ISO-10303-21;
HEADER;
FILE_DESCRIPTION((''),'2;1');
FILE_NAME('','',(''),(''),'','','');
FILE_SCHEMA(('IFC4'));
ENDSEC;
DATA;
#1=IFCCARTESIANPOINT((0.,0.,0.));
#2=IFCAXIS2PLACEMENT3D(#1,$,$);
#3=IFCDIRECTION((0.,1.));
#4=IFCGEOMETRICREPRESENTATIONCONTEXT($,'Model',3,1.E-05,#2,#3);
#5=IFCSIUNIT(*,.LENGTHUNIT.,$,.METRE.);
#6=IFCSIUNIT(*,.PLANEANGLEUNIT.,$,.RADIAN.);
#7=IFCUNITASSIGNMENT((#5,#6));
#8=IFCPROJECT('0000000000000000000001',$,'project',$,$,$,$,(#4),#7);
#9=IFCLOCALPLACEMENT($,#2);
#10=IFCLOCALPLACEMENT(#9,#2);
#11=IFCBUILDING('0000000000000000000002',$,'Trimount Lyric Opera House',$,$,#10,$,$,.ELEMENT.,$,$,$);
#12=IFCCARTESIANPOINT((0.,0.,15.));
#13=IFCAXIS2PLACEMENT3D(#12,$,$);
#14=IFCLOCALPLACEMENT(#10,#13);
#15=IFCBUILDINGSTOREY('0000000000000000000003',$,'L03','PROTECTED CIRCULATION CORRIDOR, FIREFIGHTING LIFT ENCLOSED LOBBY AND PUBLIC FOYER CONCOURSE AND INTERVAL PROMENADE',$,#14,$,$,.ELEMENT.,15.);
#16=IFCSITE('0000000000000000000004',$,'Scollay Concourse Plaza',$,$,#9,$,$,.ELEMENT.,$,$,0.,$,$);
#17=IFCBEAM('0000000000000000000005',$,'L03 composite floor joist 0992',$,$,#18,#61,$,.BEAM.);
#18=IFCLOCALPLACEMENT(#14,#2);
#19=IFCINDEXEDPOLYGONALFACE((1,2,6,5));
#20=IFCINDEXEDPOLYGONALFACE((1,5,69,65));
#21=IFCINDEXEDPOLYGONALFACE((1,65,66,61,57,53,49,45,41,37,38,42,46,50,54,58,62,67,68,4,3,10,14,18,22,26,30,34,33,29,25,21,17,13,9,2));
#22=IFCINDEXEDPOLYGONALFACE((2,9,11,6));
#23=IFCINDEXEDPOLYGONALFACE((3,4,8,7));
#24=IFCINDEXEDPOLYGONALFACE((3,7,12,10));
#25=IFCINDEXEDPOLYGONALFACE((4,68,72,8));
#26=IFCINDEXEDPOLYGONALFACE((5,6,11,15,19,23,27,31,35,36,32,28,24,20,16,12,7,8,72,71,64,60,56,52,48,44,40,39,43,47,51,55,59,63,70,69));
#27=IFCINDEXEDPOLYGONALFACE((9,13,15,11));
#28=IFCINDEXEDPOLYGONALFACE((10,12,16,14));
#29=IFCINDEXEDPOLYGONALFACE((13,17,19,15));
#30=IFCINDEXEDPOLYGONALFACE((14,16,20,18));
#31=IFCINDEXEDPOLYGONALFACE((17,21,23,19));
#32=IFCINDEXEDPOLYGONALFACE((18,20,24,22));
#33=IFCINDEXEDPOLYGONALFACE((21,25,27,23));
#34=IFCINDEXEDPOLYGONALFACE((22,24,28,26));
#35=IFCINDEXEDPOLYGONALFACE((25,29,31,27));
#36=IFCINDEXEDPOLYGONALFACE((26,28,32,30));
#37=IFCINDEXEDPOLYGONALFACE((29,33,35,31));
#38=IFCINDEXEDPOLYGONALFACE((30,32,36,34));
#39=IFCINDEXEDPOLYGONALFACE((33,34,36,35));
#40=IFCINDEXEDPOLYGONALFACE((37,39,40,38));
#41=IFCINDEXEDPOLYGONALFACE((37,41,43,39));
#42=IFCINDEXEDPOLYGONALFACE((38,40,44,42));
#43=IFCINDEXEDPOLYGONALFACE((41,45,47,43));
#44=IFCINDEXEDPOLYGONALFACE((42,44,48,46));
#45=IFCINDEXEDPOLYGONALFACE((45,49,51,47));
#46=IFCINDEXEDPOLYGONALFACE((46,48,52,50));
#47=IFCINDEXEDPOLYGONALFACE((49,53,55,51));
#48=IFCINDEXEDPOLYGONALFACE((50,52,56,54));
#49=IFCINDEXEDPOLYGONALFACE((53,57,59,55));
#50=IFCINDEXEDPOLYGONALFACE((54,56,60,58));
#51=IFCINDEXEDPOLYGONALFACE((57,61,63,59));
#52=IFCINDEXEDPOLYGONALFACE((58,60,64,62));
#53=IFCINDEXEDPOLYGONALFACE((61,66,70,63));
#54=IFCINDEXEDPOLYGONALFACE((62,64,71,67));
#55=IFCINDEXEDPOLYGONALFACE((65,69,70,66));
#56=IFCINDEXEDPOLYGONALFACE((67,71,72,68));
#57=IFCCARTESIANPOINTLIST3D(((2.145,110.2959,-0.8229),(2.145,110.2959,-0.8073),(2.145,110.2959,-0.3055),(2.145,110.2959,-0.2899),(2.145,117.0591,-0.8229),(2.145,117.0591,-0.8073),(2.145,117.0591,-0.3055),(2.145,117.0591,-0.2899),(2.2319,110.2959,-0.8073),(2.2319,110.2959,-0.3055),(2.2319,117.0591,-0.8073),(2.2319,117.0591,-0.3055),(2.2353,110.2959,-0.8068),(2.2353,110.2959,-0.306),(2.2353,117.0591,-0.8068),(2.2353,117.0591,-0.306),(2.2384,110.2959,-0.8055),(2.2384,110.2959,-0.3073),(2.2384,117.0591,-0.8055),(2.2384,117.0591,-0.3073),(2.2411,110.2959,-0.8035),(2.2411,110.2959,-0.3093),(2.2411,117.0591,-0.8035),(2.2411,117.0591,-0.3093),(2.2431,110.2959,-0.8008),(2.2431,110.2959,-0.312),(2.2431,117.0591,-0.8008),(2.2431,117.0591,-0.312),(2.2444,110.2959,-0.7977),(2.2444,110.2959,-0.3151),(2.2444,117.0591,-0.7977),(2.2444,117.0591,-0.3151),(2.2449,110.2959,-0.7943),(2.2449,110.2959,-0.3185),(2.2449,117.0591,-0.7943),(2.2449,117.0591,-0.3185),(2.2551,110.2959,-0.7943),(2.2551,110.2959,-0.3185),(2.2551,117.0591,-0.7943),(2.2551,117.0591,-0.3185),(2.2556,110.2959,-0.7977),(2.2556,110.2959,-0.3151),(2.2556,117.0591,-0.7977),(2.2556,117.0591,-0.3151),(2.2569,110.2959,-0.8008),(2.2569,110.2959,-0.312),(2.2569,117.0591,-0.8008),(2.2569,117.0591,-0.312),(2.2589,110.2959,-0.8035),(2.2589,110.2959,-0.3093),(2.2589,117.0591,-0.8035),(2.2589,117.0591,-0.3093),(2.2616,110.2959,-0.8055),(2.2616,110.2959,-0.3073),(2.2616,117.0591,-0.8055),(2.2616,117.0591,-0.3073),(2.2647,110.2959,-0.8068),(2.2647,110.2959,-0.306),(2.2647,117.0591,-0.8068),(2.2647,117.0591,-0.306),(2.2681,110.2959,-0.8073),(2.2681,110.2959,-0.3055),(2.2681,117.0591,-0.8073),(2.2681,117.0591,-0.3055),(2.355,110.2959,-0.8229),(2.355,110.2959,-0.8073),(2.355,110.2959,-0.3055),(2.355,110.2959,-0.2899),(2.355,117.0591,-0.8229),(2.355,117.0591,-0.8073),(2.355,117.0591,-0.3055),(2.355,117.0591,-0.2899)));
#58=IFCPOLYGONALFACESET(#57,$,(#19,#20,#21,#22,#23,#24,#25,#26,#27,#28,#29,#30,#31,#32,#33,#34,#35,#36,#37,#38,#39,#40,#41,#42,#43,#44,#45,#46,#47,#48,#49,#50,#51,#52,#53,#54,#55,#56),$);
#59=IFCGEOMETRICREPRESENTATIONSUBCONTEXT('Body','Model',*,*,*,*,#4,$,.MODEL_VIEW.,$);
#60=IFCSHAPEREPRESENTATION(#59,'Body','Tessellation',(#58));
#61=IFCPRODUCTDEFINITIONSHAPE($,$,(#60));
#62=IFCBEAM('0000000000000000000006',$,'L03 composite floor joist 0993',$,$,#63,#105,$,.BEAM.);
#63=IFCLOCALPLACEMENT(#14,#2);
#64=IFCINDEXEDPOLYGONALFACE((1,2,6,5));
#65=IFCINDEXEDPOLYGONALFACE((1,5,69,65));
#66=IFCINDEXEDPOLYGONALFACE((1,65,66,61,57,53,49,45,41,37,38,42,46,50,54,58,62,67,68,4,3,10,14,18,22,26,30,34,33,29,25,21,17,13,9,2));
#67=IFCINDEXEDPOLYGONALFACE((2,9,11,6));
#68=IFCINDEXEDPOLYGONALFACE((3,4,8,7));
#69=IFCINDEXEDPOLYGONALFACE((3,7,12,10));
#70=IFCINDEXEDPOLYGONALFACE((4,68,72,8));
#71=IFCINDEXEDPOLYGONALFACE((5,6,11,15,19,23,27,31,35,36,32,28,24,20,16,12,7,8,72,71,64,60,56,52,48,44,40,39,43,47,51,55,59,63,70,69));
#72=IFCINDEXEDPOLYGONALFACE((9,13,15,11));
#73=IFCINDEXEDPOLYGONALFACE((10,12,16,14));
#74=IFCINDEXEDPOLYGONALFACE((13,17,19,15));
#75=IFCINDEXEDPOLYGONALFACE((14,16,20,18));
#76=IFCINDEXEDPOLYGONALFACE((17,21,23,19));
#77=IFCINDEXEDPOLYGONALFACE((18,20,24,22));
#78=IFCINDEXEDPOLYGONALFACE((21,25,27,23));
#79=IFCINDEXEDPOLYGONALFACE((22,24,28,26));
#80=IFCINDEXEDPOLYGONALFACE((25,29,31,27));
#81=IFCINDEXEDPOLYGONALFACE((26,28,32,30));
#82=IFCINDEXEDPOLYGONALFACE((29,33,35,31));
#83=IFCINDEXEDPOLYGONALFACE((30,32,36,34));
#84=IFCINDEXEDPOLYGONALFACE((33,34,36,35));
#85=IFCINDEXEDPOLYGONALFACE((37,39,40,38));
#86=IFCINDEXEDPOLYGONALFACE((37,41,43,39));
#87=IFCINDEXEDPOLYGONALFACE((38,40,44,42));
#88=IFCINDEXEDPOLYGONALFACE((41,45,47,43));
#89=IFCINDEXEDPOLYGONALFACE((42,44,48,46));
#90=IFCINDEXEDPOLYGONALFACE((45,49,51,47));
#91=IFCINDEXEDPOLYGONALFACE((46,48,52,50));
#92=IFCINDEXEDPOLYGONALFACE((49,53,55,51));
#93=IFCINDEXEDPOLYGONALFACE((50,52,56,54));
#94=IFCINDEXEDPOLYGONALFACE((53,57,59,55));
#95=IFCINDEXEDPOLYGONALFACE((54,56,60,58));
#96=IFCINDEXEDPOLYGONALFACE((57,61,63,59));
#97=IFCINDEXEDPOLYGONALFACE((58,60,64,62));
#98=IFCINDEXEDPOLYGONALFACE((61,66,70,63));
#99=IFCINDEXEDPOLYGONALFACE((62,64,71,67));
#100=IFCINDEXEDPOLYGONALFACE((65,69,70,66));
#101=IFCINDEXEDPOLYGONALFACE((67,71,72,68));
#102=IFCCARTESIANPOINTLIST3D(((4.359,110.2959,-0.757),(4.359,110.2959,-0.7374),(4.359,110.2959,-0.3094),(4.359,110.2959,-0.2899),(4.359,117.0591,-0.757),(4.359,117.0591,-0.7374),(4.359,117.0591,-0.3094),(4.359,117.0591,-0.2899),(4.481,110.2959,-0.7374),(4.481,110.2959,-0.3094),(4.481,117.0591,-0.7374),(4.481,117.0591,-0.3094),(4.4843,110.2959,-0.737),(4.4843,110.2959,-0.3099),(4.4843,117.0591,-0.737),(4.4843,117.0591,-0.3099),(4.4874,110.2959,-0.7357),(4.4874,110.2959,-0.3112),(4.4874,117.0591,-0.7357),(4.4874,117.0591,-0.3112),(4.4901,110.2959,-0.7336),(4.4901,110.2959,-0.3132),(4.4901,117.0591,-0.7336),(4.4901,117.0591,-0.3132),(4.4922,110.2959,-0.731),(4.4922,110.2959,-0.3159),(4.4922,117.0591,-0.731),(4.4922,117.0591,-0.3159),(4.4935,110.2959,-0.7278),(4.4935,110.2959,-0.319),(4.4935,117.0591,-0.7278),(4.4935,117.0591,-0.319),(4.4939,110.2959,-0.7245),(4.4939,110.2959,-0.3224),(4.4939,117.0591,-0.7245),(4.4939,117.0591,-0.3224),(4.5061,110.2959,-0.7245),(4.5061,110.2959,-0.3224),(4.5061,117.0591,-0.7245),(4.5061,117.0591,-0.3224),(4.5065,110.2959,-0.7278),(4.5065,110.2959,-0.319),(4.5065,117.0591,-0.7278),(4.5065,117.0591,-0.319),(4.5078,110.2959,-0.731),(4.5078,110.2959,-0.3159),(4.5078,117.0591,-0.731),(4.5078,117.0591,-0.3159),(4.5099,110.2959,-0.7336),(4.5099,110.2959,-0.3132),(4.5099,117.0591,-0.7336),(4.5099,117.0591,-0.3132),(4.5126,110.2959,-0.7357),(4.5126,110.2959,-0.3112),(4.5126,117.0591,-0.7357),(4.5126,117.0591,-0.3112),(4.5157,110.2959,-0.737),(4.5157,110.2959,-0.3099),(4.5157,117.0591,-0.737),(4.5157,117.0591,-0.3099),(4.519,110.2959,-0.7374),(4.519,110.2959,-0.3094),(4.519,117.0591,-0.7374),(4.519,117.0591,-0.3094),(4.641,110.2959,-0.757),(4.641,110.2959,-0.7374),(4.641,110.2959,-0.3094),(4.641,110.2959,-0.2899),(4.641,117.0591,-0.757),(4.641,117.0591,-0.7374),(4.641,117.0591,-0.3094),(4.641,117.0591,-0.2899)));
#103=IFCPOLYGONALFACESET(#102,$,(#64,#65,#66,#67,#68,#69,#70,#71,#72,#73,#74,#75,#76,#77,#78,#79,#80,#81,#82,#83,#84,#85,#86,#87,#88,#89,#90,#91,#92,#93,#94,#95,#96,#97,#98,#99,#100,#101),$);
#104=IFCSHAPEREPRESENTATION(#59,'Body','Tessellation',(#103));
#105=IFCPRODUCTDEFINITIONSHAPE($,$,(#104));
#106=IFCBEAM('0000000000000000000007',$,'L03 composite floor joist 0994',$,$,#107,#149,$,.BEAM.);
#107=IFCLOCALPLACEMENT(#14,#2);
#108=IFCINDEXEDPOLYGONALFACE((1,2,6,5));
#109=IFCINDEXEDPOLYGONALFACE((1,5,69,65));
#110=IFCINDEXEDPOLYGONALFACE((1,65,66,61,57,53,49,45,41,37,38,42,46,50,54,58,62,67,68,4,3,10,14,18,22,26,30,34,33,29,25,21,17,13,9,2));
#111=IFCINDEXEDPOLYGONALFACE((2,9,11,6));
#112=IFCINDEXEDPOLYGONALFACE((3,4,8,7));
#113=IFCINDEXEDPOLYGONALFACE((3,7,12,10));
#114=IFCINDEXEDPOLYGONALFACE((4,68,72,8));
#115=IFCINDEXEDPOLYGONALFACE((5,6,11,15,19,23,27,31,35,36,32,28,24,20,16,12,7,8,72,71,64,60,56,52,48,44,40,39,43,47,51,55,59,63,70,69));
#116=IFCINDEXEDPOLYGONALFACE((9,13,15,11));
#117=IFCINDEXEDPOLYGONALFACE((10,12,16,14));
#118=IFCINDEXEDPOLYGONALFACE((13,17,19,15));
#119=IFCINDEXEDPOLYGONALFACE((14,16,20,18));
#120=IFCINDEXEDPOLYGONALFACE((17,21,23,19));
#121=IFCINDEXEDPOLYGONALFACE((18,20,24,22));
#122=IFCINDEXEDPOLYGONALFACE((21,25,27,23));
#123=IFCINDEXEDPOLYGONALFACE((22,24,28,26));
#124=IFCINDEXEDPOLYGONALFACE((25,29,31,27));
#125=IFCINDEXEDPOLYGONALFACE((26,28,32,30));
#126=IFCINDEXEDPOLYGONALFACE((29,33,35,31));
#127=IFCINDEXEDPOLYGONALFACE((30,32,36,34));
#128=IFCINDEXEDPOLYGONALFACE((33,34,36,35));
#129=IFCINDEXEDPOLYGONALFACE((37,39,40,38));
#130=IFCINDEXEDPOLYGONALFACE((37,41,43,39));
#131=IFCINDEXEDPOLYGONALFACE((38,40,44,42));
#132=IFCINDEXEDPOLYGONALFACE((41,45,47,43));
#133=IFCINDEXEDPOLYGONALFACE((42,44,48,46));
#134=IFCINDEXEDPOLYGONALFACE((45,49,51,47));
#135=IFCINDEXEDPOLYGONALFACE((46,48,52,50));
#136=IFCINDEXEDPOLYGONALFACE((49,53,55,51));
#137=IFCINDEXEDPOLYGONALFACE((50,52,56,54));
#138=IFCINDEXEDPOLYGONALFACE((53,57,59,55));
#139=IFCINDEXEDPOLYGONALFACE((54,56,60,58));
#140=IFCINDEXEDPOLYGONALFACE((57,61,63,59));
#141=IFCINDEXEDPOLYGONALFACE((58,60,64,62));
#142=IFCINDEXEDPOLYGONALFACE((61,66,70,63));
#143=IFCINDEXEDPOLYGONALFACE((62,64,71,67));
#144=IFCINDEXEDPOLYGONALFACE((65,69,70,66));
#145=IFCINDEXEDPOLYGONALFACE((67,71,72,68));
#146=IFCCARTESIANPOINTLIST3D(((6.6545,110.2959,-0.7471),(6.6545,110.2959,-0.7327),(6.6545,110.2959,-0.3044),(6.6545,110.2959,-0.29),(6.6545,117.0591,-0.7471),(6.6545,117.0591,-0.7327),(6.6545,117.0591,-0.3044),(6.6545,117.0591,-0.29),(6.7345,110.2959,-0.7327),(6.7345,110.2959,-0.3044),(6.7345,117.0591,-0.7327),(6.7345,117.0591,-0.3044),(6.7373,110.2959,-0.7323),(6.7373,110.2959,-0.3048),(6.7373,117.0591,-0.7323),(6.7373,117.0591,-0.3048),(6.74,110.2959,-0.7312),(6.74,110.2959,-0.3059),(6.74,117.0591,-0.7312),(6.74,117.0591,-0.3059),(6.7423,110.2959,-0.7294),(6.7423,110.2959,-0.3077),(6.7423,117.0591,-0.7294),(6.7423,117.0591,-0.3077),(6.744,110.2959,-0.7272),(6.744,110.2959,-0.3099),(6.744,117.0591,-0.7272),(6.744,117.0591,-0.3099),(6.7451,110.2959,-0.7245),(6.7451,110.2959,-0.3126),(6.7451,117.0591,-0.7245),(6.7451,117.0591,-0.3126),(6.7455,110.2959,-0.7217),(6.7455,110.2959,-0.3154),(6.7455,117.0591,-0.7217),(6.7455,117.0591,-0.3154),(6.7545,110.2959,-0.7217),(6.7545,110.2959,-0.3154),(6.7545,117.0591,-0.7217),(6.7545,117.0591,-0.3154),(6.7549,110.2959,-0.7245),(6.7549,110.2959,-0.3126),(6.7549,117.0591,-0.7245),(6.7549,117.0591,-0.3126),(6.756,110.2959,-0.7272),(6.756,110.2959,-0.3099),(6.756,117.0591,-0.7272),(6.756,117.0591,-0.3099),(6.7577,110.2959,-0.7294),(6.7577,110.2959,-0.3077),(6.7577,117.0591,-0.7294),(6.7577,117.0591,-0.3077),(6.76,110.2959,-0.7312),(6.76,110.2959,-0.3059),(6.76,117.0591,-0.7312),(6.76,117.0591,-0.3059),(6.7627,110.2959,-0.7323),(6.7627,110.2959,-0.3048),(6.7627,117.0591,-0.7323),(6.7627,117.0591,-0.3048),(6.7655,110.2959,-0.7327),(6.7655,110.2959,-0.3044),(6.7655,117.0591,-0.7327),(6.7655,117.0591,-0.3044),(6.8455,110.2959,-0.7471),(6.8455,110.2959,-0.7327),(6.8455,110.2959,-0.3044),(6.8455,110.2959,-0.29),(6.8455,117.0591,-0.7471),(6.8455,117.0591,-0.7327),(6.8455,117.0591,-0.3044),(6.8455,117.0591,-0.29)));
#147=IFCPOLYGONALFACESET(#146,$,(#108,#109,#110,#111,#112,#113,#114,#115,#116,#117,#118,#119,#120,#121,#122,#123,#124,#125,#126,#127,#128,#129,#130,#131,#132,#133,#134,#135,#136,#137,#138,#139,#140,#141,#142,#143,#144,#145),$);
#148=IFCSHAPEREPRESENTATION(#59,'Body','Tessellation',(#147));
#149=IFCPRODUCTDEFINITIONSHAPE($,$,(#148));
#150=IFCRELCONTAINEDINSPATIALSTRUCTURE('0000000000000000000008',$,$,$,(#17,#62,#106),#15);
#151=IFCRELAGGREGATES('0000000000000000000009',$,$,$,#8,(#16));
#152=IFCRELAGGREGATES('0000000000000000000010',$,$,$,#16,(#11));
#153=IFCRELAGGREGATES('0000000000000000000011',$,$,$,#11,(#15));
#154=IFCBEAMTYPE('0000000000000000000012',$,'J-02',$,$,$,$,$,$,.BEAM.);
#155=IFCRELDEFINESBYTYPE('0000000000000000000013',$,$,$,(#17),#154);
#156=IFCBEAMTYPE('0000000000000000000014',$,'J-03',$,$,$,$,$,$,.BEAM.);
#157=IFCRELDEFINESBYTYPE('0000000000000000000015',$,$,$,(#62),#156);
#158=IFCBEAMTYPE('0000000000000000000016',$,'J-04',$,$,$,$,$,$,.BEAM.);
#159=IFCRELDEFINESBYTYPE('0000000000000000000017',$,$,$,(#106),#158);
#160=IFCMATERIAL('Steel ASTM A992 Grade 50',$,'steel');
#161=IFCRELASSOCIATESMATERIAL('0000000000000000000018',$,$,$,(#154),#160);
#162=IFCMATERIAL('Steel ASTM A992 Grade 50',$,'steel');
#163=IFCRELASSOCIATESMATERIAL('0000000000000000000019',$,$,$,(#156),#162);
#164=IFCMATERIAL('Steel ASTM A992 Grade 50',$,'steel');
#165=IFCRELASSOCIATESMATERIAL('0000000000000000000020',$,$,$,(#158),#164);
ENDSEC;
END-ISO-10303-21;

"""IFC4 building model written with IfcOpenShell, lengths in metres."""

from ifc_helpers import new_model, si_unit, direction, frame, origin, origin_2d, place, context, subcontext, project, spatial, i_section, extrude, material, material_profile, profile_set, type_object, element, save


model = new_model("IFC4")

# Units and contexts
model_context = context("Model", 3, precision=1e-05, world=origin(), true_north=direction((0.0, 1.0)))
body_context = subcontext(model_context, "Body", "Model", "MODEL_VIEW")
ifc_project = project(units=[si_unit("LENGTHUNIT", "METRE"), si_unit("PLANEANGLEUNIT", "RADIAN")], contexts=[model_context])

# Site, building, storey
site_placement = place(None, origin())
site = spatial("IfcSite", under=ifc_project, at=site_placement, Name="Scollay Concourse Plaza", CompositionType="ELEMENT", RefElevation=0.0)
building_placement = place(site_placement, origin())
building = spatial("IfcBuilding", under=site, at=building_placement, Name="Trimount Lyric Opera House", CompositionType="ELEMENT")
storey_placement = place(building_placement, frame((0.0, 0.0, 15.0)))
storey = spatial("IfcBuildingStorey", under=building, at=storey_placement, Name="L03", Description="PROTECTED CIRCULATION CORRIDOR, FIREFIGHTING LIFT ENCLOSED LOBBY AND PUBLIC FOYER CONCOURSE AND INTERVAL PROMENADE", CompositionType="ELEMENT", Elevation=15.0)

# Beams
ifc_material_1 = material(Name="Steel ASTM A992 Grade 50", Category="steel")
ifc_material_profile_1 = material_profile(ifc_material_1, i_section(OverallWidth=0.21, OverallDepth=0.533, WebThickness=0.0103, FlangeThickness=0.0156, FilletRadius=0.0129, at=origin_2d()), Name="W21X62")
ifc_profile_set_1 = profile_set([ifc_material_profile_1], Name="Steel ASTM A992 Grade 50")
beam_type_1 = type_object("IfcBeamType", Name="J-02", PredefinedType="BEAM", material=ifc_profile_set_1)
beam_1_placement = place(storey_placement, frame((2.25, 110.2959, -0.5564), z_axis=(0.0, 1.0, 0.0), x_axis=(-1.0, 0.0, 0.0)))
element("IfcBeam", 1, at=beam_1_placement, inside=storey, type_object=beam_type_1, Name="L03 composite floor joist 0992", PredefinedType="BEAM", context=body_context, shape_type="SweptSolid", body=[
    extrude(i_section(OverallWidth=0.21, OverallDepth=0.533, WebThickness=0.0103, FlangeThickness=0.0156, FilletRadius=0.0129, at=origin_2d()), origin(), (0.0, 0.0, 1.0), 6.7632),
])
ifc_material_2 = material(Name="Steel ASTM A992 Grade 50", Category="steel")
ifc_material_profile_2 = material_profile(ifc_material_2, i_section(OverallWidth=0.282, OverallDepth=0.467, WebThickness=0.0122, FlangeThickness=0.0195, FilletRadius=0.0129, at=origin_2d()), Name="W18X86")
ifc_profile_set_2 = profile_set([ifc_material_profile_2], Name="Steel ASTM A992 Grade 50")
beam_type_2 = type_object("IfcBeamType", Name="J-03", PredefinedType="BEAM", material=ifc_profile_set_2)
beam_2_placement = place(storey_placement, frame((4.5, 110.2959, -0.5234), z_axis=(0.0, 1.0, 0.0), x_axis=(-1.0, 0.0, 0.0)))
element("IfcBeam", 2, at=beam_2_placement, inside=storey, type_object=beam_type_2, Name="L03 composite floor joist 0993", PredefinedType="BEAM", context=body_context, shape_type="SweptSolid", body=[
    extrude(i_section(OverallWidth=0.282, OverallDepth=0.467, WebThickness=0.0122, FlangeThickness=0.0195, FilletRadius=0.0129, at=origin_2d()), origin(), (0.0, 0.0, 1.0), 6.7632),
])
ifc_material_3 = material(Name="Steel ASTM A992 Grade 50", Category="steel")
ifc_material_profile_3 = material_profile(ifc_material_3, i_section(OverallWidth=0.1909, OverallDepth=0.457, WebThickness=0.009, FlangeThickness=0.0144, FilletRadius=0.011, at=origin_2d()), Name="W18X50")
ifc_profile_set_3 = profile_set([ifc_material_profile_3], Name="Steel ASTM A992 Grade 50")
beam_type_3 = type_object("IfcBeamType", Name="J-04", PredefinedType="BEAM", material=ifc_profile_set_3)
beam_3_placement = place(storey_placement, frame((6.75, 110.2959, -0.5186), z_axis=(0.0, 1.0, 0.0), x_axis=(-1.0, 0.0, 0.0)))
element("IfcBeam", 3, at=beam_3_placement, inside=storey, type_object=beam_type_3, Name="L03 composite floor joist 0994", PredefinedType="BEAM", context=body_context, shape_type="SweptSolid", body=[
    extrude(i_section(OverallWidth=0.1909, OverallDepth=0.457, WebThickness=0.009, FlangeThickness=0.0144, FilletRadius=0.011, at=origin_2d()), origin(), (0.0, 0.0, 1.0), 6.7632),
])

save(model, "model.ifc")
